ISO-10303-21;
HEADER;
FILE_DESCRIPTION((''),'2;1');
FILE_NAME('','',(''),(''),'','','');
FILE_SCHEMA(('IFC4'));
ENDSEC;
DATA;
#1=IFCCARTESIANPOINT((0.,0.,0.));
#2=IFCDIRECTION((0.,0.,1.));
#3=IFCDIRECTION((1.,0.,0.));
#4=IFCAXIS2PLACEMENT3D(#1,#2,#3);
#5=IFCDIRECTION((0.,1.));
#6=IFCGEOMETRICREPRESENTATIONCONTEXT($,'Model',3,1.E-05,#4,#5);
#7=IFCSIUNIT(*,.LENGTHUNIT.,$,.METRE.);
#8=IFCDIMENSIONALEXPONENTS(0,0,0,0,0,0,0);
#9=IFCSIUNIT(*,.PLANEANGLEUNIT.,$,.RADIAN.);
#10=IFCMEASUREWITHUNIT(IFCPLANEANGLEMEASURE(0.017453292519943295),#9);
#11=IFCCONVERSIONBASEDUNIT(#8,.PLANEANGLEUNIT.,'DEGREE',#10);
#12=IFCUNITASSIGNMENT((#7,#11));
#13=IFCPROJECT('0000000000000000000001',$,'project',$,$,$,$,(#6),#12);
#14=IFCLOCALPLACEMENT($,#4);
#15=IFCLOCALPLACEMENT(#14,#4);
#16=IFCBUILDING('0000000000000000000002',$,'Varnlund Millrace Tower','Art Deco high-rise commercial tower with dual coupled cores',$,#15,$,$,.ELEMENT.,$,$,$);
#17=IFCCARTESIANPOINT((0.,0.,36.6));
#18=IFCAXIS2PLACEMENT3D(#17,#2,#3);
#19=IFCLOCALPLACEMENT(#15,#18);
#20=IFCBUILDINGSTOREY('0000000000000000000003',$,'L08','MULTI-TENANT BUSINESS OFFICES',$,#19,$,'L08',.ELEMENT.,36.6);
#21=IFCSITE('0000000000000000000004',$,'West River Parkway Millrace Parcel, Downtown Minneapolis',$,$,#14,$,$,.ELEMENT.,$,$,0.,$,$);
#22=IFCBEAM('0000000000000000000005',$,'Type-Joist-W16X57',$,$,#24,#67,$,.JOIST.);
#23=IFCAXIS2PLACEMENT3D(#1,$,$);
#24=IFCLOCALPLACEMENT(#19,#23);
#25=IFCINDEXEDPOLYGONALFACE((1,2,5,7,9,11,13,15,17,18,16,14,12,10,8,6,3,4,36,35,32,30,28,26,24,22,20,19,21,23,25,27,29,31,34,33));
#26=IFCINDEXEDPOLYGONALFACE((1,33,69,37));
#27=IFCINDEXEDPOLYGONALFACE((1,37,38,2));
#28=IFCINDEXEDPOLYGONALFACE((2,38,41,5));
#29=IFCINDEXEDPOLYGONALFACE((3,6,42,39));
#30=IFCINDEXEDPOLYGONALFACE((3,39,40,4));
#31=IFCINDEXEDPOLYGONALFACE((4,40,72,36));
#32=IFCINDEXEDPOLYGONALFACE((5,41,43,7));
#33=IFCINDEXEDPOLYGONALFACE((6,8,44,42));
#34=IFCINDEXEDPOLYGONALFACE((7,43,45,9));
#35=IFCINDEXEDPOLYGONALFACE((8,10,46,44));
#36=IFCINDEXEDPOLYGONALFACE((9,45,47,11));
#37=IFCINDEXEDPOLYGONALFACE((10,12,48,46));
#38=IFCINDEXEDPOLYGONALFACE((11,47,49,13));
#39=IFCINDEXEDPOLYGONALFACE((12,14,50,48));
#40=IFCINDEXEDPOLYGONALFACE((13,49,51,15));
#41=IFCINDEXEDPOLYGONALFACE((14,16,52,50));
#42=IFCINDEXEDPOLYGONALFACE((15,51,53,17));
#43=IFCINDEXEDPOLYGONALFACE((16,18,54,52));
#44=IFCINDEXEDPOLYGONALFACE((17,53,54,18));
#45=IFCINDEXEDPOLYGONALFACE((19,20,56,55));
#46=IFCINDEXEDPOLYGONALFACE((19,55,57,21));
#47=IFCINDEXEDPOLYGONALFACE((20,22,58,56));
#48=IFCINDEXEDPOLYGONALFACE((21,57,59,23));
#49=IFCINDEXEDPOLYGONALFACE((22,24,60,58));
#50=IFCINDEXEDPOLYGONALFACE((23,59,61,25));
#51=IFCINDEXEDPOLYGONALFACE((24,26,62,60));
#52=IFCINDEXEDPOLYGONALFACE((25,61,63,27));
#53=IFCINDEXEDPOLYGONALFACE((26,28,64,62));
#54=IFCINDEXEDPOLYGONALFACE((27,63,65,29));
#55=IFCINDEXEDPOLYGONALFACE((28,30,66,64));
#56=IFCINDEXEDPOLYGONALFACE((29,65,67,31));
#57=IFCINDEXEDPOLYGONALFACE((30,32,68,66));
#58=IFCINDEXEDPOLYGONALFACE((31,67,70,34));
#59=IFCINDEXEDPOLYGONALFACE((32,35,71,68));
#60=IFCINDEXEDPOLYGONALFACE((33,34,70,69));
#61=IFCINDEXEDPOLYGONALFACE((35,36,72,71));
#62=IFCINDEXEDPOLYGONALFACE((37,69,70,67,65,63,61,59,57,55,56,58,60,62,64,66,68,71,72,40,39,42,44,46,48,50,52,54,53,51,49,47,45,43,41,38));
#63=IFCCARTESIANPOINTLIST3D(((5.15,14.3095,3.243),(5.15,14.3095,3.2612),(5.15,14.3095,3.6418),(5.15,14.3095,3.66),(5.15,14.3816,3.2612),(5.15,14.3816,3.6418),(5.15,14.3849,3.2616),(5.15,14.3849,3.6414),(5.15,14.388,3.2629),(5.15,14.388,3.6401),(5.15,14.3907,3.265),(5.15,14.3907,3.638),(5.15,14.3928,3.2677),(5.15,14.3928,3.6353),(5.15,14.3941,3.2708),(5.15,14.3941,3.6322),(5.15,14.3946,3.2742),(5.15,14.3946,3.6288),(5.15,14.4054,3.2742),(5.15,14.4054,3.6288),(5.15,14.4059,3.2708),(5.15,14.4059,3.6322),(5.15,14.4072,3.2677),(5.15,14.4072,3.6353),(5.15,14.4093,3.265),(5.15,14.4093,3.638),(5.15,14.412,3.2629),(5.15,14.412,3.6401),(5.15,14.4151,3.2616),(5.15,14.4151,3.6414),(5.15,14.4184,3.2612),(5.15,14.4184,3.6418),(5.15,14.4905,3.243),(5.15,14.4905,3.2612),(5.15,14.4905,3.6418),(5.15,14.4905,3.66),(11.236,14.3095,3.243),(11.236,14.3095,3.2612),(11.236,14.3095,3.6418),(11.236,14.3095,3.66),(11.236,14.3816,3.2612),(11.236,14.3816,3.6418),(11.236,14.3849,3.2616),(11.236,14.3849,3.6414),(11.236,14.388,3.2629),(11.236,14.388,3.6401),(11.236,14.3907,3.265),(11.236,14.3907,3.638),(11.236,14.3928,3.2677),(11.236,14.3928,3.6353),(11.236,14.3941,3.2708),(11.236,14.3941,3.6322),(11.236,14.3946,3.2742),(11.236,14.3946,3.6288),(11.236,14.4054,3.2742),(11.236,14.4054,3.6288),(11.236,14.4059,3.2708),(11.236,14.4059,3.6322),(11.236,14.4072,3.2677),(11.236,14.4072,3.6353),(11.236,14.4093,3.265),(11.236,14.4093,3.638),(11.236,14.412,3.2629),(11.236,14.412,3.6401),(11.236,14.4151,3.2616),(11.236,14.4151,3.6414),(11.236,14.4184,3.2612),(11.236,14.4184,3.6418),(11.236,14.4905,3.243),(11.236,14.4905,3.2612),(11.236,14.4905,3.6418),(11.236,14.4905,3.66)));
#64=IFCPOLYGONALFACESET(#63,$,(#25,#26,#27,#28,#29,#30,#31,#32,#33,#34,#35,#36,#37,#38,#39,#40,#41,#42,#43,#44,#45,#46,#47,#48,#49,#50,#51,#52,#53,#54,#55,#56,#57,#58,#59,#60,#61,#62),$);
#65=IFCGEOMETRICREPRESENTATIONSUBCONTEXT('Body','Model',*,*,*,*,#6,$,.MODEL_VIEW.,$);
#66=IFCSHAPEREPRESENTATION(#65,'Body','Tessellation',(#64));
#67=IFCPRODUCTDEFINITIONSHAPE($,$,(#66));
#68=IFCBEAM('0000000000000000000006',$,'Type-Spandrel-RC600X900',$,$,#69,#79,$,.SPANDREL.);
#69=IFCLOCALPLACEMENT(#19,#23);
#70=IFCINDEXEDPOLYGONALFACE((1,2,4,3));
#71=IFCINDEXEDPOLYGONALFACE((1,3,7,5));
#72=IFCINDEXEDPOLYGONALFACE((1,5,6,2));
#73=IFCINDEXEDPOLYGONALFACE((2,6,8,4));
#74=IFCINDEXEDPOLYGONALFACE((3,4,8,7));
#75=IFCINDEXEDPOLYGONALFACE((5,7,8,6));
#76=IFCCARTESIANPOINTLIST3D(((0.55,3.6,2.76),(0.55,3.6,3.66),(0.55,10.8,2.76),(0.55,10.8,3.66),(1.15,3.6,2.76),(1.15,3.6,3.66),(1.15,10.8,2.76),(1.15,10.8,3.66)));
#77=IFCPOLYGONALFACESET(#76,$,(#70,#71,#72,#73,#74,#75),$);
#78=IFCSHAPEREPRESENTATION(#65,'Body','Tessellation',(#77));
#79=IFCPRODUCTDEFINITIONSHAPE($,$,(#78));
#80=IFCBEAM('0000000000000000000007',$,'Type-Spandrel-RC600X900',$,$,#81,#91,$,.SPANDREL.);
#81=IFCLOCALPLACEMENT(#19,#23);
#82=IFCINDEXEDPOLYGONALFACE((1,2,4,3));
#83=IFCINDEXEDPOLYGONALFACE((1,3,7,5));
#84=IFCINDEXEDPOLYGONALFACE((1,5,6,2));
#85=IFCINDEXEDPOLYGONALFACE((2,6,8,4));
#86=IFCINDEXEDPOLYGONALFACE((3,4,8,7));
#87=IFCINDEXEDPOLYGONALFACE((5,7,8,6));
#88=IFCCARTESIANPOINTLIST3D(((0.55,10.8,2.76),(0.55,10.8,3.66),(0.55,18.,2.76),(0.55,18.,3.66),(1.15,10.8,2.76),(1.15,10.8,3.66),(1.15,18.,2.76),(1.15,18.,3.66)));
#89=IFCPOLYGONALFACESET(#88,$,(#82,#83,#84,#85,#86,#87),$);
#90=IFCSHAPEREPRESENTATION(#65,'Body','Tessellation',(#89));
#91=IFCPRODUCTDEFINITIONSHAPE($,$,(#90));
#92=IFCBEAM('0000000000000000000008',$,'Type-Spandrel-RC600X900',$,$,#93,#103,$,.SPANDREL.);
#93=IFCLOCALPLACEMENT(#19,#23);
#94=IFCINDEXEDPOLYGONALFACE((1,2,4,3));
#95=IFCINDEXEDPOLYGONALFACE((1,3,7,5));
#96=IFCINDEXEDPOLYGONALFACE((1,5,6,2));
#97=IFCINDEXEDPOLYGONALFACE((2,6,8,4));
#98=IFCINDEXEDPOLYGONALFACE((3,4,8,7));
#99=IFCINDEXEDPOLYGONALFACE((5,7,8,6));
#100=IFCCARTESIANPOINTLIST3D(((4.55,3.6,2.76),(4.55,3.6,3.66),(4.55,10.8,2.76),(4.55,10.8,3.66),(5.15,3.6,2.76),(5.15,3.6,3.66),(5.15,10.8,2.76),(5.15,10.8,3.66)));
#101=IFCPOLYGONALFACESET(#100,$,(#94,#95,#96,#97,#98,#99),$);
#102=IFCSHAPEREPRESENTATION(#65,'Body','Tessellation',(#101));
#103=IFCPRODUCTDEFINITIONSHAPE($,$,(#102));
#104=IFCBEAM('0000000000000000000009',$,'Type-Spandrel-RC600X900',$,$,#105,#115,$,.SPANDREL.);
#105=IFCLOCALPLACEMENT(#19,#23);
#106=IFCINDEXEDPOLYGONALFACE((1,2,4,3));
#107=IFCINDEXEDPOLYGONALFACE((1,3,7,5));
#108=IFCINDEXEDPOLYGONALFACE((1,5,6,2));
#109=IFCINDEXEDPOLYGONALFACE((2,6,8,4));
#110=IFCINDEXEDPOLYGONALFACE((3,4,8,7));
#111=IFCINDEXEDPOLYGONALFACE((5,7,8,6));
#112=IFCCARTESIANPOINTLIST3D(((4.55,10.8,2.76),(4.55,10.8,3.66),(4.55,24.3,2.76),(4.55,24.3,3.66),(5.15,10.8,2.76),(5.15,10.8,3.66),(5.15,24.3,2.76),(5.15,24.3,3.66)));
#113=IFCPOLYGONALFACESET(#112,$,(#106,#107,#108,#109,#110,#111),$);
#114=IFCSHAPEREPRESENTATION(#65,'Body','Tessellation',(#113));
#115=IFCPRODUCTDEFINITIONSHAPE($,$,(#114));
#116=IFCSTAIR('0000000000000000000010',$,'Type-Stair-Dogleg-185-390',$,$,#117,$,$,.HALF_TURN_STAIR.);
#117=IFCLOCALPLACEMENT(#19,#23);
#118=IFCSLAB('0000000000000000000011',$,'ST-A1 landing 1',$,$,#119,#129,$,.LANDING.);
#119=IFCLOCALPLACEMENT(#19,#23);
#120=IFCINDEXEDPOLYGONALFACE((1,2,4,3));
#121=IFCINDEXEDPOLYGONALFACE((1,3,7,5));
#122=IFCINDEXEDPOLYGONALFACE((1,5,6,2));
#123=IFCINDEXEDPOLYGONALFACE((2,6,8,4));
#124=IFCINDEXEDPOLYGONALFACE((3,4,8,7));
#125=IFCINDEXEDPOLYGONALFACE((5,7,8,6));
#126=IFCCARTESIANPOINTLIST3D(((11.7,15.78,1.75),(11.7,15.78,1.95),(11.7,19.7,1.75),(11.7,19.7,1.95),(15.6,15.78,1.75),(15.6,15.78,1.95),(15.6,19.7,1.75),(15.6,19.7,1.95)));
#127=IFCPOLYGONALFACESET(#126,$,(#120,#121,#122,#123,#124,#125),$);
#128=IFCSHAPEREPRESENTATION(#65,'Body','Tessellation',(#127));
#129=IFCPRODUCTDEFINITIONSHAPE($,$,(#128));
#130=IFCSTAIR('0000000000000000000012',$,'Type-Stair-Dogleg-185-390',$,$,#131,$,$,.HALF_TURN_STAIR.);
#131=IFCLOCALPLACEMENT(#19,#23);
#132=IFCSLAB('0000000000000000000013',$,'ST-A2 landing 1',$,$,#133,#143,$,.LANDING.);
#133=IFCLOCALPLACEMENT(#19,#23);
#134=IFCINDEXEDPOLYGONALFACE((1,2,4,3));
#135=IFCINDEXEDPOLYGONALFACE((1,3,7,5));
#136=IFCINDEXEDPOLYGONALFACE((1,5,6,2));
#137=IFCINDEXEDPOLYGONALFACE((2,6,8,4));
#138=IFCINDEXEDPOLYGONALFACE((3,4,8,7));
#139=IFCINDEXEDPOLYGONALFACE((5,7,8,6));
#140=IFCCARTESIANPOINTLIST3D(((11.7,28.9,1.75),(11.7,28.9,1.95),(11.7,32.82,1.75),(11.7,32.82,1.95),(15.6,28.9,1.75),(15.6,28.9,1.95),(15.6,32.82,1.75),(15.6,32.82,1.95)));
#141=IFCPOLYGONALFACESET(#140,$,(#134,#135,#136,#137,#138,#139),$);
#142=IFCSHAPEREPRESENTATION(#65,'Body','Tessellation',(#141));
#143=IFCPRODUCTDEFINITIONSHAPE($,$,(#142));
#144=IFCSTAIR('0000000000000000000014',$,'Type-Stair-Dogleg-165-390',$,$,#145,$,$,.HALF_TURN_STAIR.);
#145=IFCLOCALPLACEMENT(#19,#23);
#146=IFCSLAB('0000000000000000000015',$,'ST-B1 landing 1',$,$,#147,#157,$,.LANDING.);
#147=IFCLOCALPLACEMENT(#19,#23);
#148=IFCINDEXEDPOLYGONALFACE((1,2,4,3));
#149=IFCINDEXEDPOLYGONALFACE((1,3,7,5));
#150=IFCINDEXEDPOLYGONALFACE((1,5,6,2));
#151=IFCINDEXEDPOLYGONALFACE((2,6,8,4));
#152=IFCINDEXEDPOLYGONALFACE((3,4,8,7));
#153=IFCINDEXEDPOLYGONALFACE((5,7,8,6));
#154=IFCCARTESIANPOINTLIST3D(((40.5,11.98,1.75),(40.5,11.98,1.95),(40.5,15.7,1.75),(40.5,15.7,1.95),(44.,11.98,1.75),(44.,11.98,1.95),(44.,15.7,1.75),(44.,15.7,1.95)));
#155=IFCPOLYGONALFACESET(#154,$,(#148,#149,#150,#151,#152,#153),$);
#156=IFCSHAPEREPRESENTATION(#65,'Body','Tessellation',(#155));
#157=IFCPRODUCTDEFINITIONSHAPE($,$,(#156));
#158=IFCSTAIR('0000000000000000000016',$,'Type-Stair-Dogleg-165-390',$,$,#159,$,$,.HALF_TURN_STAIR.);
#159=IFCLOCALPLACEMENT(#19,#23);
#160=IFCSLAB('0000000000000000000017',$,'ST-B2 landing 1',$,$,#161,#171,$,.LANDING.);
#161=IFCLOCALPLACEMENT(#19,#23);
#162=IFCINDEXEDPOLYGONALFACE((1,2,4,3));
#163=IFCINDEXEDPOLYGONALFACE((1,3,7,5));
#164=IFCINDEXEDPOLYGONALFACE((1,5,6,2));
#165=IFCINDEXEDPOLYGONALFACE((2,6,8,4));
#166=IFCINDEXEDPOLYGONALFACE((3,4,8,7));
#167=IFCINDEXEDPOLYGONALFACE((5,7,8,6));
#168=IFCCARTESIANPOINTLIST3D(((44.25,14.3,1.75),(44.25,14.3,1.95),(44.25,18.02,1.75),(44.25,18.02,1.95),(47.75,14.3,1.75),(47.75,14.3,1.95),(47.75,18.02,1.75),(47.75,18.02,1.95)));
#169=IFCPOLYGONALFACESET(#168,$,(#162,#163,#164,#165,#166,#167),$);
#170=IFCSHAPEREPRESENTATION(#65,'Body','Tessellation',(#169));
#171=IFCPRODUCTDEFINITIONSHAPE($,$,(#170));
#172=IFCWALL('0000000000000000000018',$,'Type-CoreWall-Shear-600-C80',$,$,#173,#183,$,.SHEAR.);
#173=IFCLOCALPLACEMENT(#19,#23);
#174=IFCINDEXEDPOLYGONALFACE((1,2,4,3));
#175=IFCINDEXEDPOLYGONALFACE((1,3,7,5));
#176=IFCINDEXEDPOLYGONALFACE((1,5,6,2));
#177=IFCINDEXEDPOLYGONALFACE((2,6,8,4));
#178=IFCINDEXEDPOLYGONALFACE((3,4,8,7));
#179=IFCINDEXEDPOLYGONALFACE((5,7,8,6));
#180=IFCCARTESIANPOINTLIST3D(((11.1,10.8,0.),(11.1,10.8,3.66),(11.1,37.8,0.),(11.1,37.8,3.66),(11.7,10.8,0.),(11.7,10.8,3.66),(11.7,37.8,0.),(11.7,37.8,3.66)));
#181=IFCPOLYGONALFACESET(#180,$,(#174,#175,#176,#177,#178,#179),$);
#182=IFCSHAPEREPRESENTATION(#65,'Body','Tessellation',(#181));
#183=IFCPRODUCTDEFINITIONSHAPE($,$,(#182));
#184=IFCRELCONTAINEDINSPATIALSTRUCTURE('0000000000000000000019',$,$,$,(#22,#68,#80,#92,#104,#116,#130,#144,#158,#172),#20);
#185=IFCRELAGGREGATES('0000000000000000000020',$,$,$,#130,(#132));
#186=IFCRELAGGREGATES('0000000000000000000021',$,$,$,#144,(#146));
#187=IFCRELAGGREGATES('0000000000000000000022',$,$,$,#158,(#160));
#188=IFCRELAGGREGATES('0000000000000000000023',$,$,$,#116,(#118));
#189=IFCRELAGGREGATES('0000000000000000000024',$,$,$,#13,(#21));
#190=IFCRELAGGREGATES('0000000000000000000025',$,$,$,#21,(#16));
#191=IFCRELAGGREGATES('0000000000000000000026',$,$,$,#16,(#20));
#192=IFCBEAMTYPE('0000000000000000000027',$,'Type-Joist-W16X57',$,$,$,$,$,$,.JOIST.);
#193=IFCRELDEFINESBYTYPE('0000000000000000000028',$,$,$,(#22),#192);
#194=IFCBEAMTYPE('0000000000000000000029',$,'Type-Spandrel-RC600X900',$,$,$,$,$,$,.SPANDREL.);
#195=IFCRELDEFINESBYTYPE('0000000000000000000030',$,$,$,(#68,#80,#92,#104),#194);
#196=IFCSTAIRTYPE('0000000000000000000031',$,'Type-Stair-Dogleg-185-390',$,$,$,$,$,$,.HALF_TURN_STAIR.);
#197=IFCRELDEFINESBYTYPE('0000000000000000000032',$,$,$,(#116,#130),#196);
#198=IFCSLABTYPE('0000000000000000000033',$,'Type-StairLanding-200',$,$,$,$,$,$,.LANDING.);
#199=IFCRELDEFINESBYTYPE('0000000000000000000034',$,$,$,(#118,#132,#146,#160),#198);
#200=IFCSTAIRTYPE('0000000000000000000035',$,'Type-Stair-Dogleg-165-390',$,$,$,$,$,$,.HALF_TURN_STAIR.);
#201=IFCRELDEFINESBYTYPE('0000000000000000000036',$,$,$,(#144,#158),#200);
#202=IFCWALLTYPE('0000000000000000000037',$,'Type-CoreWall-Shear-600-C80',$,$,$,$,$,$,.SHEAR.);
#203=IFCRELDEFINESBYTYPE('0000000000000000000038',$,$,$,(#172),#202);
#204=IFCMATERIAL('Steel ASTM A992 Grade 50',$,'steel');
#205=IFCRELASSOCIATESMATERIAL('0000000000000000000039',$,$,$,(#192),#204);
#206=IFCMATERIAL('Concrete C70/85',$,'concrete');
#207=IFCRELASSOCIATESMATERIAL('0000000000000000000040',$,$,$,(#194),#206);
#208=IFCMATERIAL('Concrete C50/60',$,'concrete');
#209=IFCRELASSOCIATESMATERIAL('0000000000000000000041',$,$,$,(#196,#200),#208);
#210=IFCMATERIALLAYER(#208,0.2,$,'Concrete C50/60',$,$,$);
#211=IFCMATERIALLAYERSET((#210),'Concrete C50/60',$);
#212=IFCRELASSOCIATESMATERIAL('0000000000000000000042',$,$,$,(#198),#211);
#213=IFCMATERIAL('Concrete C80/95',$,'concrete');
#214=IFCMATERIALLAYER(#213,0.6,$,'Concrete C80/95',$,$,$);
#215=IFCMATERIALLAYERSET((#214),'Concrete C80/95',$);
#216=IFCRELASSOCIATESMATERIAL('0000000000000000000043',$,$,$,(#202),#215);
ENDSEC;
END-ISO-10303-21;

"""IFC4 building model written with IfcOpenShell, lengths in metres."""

from ifc_helpers import new_model, entity, si_unit, converted_unit, direction, frame, origin_with_axes, origin_2d_with_axis, place, context, subcontext, project, spatial, polyline, rectangle, i_section, outline, extrude, material, layer, layer_set, material_profile, profile_set, type_object, element, aggregate, save


model = new_model("IFC4")

# Units and contexts
model_context = context("Model", 3, precision=1e-05, world=origin_with_axes(), true_north=direction((0.0, 1.0)))
body_context = subcontext(model_context, "Body", "Model", "MODEL_VIEW")
ifc_project = project(units=[si_unit("LENGTHUNIT", "METRE"), converted_unit("PLANEANGLEUNIT", "DEGREE", entity("IfcPlaneAngleMeasure", 0.017453292519943295), si_unit("PLANEANGLEUNIT", "RADIAN"), dimensions=[0, 0, 0, 0, 0, 0, 0])], contexts=[model_context])

# Site, building, storey
site_placement = place(None, origin_with_axes())
site = spatial("IfcSite", under=ifc_project, at=site_placement, Name="West River Parkway Millrace Parcel, Downtown Minneapolis", CompositionType="ELEMENT", RefElevation=0.0)
building_placement = place(site_placement, origin_with_axes())
building = spatial("IfcBuilding", under=site, at=building_placement, Name="Varnlund Millrace Tower", Description="Art Deco high-rise commercial tower with dual coupled cores", CompositionType="ELEMENT")
storey_placement = place(building_placement, frame((0.0, 0.0, 36.6), z_axis=(0.0, 0.0, 1.0), x_axis=(1.0, 0.0, 0.0)))
storey = spatial("IfcBuildingStorey", under=building, at=storey_placement, Name="L08", Description="MULTI-TENANT BUSINESS OFFICES", LongName="L08", CompositionType="ELEMENT", Elevation=36.6)

# Shared definitions
ifc_material_1 = material(Name="Concrete C80/95", Category="concrete")

# Beams
ifc_material_2 = material(Name="Steel ASTM A992 Grade 50", Category="steel")
ifc_material_profile_1 = material_profile(ifc_material_2, i_section(OverallWidth=0.181, OverallDepth=0.417, WebThickness=0.0109, FlangeThickness=0.0182, FilletRadius=0.013, at=origin_2d_with_axis()), Name="Steel ASTM A992 Grade 50")
ifc_profile_set_1 = profile_set([ifc_material_profile_1], Name="Steel ASTM A992 Grade 50")
beam_type_1 = type_object("IfcBeamType", Name="Type-Joist-W16X57", PredefinedType="JOIST", material=ifc_profile_set_1)
for number, where, z_axis, x_axis, name in (
    (1, (5.15, 14.4, 3.4515), (1.0, 0.0, 0.0), (0.0, 1.0, 0.0), "Type-Joist-W16X57"),
):
    element("IfcBeam", number, at=place(storey_placement, frame(where, z_axis=z_axis, x_axis=x_axis)), inside=storey, type_object=beam_type_1, Name=name, PredefinedType="JOIST", context=body_context, shape_type="SweptSolid", body=[
        extrude(i_section(OverallWidth=0.181, OverallDepth=0.417, WebThickness=0.0109, FlangeThickness=0.0182, FilletRadius=0.013, at=origin_2d_with_axis()), origin_with_axes(), (0.0, 0.0, 1.0), 6.086),
    ])
ifc_material_3 = material(Name="Concrete C70/85", Category="concrete")
ifc_material_profile_2 = material_profile(ifc_material_3, rectangle(XDim=0.6, YDim=0.9, at=origin_2d_with_axis()), Name="Concrete C70/85")
ifc_profile_set_2 = profile_set([ifc_material_profile_2], Name="Concrete C70/85")
beam_type_2 = type_object("IfcBeamType", Name="Type-Spandrel-RC600X900", PredefinedType="SPANDREL", material=ifc_profile_set_2)
for number, where, z_axis, x_axis, name in (
    (2, (0.85, 3.6, 3.21), (0.0, 1.0, 0.0), (-1.0, 0.0, 0.0), "Type-Spandrel-RC600X900"),
    (3, (0.85, 10.8, 3.21), (0.0, 1.0, 0.0), (-1.0, 0.0, 0.0), "Type-Spandrel-RC600X900"),
    (4, (4.85, 3.6, 3.21), (0.0, 1.0, 0.0), (-1.0, 0.0, 0.0), "Type-Spandrel-RC600X900"),
):
    element("IfcBeam", number, at=place(storey_placement, frame(where, z_axis=z_axis, x_axis=x_axis)), inside=storey, type_object=beam_type_2, Name=name, PredefinedType="SPANDREL", context=body_context, shape_type="SweptSolid", body=[
        extrude(rectangle(XDim=0.6, YDim=0.9, at=origin_2d_with_axis()), origin_with_axes(), (0.0, 0.0, 1.0), 7.2),
    ])
beam_1_placement = place(storey_placement, frame((4.85, 10.8, 3.21), z_axis=(0.0, 1.0, 0.0), x_axis=(-1.0, 0.0, 0.0)))
element("IfcBeam", 5, at=beam_1_placement, inside=storey, type_object=beam_type_2, Name="Type-Spandrel-RC600X900", PredefinedType="SPANDREL", context=body_context, shape_type="SweptSolid", body=[
    extrude(rectangle(XDim=0.6, YDim=0.9, at=origin_2d_with_axis()), origin_with_axes(), (0.0, 0.0, 1.0), 13.5),
])

# Stairs, slabs
ifc_material_4 = material(Name="Concrete C50/60", Category="concrete")
stair_type_1 = type_object("IfcStairType", Name="Type-Stair-Dogleg-185-390", PredefinedType="HALF_TURN_STAIR", material=ifc_material_4)
stair_1_placement = place(storey_placement, origin_with_axes())
stair_1 = element("IfcStair", 6, at=stair_1_placement, inside=storey, type_object=stair_type_1, Name="Type-Stair-Dogleg-185-390", PredefinedType="HALF_TURN_STAIR")
ifc_layer_1 = layer(ifc_material_4, 0.2, Name="Concrete C50/60")
ifc_layer_set_1 = layer_set([ifc_layer_1], Name="Concrete C50/60")
slab_type = type_object("IfcSlabType", Name="Type-StairLanding-200", PredefinedType="LANDING", material=ifc_layer_set_1)
slab_1_placement = place(storey_placement, frame((0.0, 0.0, 1.75), z_axis=(0.0, 0.0, 1.0), x_axis=(1.0, 0.0, 0.0)))
slab_1 = element("IfcSlab", 7, at=slab_1_placement, type_object=slab_type, Name="ST-A1 landing 1", PredefinedType="LANDING", context=body_context, shape_type="SweptSolid", body=[
    extrude(outline(polyline([(15.6, 15.78), (15.6, 19.7), (11.7, 19.7), (11.7, 15.78), (15.6, 15.78)])), origin_with_axes(), (0.0, 0.0, 1.0), 0.2),
])
stair_2_placement = place(storey_placement, origin_with_axes())
stair_2 = element("IfcStair", 8, at=stair_2_placement, inside=storey, type_object=stair_type_1, Name="Type-Stair-Dogleg-185-390", PredefinedType="HALF_TURN_STAIR")
slab_2_placement = place(storey_placement, frame((0.0, 0.0, 1.75), z_axis=(0.0, 0.0, 1.0), x_axis=(1.0, 0.0, 0.0)))
slab_2 = element("IfcSlab", 9, at=slab_2_placement, type_object=slab_type, Name="ST-A2 landing 1", PredefinedType="LANDING", context=body_context, shape_type="SweptSolid", body=[
    extrude(outline(polyline([(11.7, 32.82), (11.7, 28.9), (15.6, 28.9), (15.6, 32.82), (11.7, 32.82)])), origin_with_axes(), (0.0, 0.0, 1.0), 0.2),
])
aggregate(stair_2, [slab_2])
stair_type_2 = type_object("IfcStairType", Name="Type-Stair-Dogleg-165-390", PredefinedType="HALF_TURN_STAIR", material=ifc_material_4)
stair_3_placement = place(storey_placement, origin_with_axes())
stair_3 = element("IfcStair", 10, at=stair_3_placement, inside=storey, type_object=stair_type_2, Name="Type-Stair-Dogleg-165-390", PredefinedType="HALF_TURN_STAIR")
slab_3_placement = place(storey_placement, frame((0.0, 0.0, 1.75), z_axis=(0.0, 0.0, 1.0), x_axis=(1.0, 0.0, 0.0)))
slab_3 = element("IfcSlab", 11, at=slab_3_placement, type_object=slab_type, Name="ST-B1 landing 1", PredefinedType="LANDING", context=body_context, shape_type="SweptSolid", body=[
    extrude(outline(polyline([(44.0, 11.98), (44.0, 15.7), (40.5, 15.7), (40.5, 11.98), (44.0, 11.98)])), origin_with_axes(), (0.0, 0.0, 1.0), 0.2),
])
aggregate(stair_3, [slab_3])
stair_4_placement = place(storey_placement, origin_with_axes())
stair_4 = element("IfcStair", 12, at=stair_4_placement, inside=storey, type_object=stair_type_2, Name="Type-Stair-Dogleg-165-390", PredefinedType="HALF_TURN_STAIR")
slab_4_placement = place(storey_placement, frame((0.0, 0.0, 1.75), z_axis=(0.0, 0.0, 1.0), x_axis=(1.0, 0.0, 0.0)))
slab_4 = element("IfcSlab", 13, at=slab_4_placement, type_object=slab_type, Name="ST-B2 landing 1", PredefinedType="LANDING", context=body_context, shape_type="SweptSolid", body=[
    extrude(outline(polyline([(44.25, 18.02), (44.25, 14.3), (47.75, 14.3), (47.75, 18.02), (44.25, 18.02)])), origin_with_axes(), (0.0, 0.0, 1.0), 0.2),
])
aggregate(stair_4, [slab_4])

# Wall
ifc_layer_2 = layer(ifc_material_1, 0.6, Name="Concrete C80/95")
ifc_layer_set_2 = layer_set([ifc_layer_2], Name="Concrete C80/95")
wall_type_1 = type_object("IfcWallType", Name="Type-CoreWall-Shear-600-C80", PredefinedType="SHEAR", material=ifc_layer_set_2)
wall_1_placement = place(storey_placement, frame((11.4, 10.8, 0.0), z_axis=(0.0, 0.0, 1.0), x_axis=(0.0, 1.0, 0.0)))
element("IfcWall", 14, at=wall_1_placement, inside=storey, type_object=wall_type_1, Name="Type-CoreWall-Shear-600-C80", PredefinedType="SHEAR", context=body_context, shape_type="SweptSolid", body=[
    extrude(outline(polyline([(0.0, -0.3), (27.0, -0.3), (27.0, 0.3), (0.0, 0.3), (0.0, -0.3)])), origin_with_axes(), (0.0, 0.0, 1.0), 3.66),
])

aggregate(stair_1, [slab_1])

save(model, "model.ifc")
